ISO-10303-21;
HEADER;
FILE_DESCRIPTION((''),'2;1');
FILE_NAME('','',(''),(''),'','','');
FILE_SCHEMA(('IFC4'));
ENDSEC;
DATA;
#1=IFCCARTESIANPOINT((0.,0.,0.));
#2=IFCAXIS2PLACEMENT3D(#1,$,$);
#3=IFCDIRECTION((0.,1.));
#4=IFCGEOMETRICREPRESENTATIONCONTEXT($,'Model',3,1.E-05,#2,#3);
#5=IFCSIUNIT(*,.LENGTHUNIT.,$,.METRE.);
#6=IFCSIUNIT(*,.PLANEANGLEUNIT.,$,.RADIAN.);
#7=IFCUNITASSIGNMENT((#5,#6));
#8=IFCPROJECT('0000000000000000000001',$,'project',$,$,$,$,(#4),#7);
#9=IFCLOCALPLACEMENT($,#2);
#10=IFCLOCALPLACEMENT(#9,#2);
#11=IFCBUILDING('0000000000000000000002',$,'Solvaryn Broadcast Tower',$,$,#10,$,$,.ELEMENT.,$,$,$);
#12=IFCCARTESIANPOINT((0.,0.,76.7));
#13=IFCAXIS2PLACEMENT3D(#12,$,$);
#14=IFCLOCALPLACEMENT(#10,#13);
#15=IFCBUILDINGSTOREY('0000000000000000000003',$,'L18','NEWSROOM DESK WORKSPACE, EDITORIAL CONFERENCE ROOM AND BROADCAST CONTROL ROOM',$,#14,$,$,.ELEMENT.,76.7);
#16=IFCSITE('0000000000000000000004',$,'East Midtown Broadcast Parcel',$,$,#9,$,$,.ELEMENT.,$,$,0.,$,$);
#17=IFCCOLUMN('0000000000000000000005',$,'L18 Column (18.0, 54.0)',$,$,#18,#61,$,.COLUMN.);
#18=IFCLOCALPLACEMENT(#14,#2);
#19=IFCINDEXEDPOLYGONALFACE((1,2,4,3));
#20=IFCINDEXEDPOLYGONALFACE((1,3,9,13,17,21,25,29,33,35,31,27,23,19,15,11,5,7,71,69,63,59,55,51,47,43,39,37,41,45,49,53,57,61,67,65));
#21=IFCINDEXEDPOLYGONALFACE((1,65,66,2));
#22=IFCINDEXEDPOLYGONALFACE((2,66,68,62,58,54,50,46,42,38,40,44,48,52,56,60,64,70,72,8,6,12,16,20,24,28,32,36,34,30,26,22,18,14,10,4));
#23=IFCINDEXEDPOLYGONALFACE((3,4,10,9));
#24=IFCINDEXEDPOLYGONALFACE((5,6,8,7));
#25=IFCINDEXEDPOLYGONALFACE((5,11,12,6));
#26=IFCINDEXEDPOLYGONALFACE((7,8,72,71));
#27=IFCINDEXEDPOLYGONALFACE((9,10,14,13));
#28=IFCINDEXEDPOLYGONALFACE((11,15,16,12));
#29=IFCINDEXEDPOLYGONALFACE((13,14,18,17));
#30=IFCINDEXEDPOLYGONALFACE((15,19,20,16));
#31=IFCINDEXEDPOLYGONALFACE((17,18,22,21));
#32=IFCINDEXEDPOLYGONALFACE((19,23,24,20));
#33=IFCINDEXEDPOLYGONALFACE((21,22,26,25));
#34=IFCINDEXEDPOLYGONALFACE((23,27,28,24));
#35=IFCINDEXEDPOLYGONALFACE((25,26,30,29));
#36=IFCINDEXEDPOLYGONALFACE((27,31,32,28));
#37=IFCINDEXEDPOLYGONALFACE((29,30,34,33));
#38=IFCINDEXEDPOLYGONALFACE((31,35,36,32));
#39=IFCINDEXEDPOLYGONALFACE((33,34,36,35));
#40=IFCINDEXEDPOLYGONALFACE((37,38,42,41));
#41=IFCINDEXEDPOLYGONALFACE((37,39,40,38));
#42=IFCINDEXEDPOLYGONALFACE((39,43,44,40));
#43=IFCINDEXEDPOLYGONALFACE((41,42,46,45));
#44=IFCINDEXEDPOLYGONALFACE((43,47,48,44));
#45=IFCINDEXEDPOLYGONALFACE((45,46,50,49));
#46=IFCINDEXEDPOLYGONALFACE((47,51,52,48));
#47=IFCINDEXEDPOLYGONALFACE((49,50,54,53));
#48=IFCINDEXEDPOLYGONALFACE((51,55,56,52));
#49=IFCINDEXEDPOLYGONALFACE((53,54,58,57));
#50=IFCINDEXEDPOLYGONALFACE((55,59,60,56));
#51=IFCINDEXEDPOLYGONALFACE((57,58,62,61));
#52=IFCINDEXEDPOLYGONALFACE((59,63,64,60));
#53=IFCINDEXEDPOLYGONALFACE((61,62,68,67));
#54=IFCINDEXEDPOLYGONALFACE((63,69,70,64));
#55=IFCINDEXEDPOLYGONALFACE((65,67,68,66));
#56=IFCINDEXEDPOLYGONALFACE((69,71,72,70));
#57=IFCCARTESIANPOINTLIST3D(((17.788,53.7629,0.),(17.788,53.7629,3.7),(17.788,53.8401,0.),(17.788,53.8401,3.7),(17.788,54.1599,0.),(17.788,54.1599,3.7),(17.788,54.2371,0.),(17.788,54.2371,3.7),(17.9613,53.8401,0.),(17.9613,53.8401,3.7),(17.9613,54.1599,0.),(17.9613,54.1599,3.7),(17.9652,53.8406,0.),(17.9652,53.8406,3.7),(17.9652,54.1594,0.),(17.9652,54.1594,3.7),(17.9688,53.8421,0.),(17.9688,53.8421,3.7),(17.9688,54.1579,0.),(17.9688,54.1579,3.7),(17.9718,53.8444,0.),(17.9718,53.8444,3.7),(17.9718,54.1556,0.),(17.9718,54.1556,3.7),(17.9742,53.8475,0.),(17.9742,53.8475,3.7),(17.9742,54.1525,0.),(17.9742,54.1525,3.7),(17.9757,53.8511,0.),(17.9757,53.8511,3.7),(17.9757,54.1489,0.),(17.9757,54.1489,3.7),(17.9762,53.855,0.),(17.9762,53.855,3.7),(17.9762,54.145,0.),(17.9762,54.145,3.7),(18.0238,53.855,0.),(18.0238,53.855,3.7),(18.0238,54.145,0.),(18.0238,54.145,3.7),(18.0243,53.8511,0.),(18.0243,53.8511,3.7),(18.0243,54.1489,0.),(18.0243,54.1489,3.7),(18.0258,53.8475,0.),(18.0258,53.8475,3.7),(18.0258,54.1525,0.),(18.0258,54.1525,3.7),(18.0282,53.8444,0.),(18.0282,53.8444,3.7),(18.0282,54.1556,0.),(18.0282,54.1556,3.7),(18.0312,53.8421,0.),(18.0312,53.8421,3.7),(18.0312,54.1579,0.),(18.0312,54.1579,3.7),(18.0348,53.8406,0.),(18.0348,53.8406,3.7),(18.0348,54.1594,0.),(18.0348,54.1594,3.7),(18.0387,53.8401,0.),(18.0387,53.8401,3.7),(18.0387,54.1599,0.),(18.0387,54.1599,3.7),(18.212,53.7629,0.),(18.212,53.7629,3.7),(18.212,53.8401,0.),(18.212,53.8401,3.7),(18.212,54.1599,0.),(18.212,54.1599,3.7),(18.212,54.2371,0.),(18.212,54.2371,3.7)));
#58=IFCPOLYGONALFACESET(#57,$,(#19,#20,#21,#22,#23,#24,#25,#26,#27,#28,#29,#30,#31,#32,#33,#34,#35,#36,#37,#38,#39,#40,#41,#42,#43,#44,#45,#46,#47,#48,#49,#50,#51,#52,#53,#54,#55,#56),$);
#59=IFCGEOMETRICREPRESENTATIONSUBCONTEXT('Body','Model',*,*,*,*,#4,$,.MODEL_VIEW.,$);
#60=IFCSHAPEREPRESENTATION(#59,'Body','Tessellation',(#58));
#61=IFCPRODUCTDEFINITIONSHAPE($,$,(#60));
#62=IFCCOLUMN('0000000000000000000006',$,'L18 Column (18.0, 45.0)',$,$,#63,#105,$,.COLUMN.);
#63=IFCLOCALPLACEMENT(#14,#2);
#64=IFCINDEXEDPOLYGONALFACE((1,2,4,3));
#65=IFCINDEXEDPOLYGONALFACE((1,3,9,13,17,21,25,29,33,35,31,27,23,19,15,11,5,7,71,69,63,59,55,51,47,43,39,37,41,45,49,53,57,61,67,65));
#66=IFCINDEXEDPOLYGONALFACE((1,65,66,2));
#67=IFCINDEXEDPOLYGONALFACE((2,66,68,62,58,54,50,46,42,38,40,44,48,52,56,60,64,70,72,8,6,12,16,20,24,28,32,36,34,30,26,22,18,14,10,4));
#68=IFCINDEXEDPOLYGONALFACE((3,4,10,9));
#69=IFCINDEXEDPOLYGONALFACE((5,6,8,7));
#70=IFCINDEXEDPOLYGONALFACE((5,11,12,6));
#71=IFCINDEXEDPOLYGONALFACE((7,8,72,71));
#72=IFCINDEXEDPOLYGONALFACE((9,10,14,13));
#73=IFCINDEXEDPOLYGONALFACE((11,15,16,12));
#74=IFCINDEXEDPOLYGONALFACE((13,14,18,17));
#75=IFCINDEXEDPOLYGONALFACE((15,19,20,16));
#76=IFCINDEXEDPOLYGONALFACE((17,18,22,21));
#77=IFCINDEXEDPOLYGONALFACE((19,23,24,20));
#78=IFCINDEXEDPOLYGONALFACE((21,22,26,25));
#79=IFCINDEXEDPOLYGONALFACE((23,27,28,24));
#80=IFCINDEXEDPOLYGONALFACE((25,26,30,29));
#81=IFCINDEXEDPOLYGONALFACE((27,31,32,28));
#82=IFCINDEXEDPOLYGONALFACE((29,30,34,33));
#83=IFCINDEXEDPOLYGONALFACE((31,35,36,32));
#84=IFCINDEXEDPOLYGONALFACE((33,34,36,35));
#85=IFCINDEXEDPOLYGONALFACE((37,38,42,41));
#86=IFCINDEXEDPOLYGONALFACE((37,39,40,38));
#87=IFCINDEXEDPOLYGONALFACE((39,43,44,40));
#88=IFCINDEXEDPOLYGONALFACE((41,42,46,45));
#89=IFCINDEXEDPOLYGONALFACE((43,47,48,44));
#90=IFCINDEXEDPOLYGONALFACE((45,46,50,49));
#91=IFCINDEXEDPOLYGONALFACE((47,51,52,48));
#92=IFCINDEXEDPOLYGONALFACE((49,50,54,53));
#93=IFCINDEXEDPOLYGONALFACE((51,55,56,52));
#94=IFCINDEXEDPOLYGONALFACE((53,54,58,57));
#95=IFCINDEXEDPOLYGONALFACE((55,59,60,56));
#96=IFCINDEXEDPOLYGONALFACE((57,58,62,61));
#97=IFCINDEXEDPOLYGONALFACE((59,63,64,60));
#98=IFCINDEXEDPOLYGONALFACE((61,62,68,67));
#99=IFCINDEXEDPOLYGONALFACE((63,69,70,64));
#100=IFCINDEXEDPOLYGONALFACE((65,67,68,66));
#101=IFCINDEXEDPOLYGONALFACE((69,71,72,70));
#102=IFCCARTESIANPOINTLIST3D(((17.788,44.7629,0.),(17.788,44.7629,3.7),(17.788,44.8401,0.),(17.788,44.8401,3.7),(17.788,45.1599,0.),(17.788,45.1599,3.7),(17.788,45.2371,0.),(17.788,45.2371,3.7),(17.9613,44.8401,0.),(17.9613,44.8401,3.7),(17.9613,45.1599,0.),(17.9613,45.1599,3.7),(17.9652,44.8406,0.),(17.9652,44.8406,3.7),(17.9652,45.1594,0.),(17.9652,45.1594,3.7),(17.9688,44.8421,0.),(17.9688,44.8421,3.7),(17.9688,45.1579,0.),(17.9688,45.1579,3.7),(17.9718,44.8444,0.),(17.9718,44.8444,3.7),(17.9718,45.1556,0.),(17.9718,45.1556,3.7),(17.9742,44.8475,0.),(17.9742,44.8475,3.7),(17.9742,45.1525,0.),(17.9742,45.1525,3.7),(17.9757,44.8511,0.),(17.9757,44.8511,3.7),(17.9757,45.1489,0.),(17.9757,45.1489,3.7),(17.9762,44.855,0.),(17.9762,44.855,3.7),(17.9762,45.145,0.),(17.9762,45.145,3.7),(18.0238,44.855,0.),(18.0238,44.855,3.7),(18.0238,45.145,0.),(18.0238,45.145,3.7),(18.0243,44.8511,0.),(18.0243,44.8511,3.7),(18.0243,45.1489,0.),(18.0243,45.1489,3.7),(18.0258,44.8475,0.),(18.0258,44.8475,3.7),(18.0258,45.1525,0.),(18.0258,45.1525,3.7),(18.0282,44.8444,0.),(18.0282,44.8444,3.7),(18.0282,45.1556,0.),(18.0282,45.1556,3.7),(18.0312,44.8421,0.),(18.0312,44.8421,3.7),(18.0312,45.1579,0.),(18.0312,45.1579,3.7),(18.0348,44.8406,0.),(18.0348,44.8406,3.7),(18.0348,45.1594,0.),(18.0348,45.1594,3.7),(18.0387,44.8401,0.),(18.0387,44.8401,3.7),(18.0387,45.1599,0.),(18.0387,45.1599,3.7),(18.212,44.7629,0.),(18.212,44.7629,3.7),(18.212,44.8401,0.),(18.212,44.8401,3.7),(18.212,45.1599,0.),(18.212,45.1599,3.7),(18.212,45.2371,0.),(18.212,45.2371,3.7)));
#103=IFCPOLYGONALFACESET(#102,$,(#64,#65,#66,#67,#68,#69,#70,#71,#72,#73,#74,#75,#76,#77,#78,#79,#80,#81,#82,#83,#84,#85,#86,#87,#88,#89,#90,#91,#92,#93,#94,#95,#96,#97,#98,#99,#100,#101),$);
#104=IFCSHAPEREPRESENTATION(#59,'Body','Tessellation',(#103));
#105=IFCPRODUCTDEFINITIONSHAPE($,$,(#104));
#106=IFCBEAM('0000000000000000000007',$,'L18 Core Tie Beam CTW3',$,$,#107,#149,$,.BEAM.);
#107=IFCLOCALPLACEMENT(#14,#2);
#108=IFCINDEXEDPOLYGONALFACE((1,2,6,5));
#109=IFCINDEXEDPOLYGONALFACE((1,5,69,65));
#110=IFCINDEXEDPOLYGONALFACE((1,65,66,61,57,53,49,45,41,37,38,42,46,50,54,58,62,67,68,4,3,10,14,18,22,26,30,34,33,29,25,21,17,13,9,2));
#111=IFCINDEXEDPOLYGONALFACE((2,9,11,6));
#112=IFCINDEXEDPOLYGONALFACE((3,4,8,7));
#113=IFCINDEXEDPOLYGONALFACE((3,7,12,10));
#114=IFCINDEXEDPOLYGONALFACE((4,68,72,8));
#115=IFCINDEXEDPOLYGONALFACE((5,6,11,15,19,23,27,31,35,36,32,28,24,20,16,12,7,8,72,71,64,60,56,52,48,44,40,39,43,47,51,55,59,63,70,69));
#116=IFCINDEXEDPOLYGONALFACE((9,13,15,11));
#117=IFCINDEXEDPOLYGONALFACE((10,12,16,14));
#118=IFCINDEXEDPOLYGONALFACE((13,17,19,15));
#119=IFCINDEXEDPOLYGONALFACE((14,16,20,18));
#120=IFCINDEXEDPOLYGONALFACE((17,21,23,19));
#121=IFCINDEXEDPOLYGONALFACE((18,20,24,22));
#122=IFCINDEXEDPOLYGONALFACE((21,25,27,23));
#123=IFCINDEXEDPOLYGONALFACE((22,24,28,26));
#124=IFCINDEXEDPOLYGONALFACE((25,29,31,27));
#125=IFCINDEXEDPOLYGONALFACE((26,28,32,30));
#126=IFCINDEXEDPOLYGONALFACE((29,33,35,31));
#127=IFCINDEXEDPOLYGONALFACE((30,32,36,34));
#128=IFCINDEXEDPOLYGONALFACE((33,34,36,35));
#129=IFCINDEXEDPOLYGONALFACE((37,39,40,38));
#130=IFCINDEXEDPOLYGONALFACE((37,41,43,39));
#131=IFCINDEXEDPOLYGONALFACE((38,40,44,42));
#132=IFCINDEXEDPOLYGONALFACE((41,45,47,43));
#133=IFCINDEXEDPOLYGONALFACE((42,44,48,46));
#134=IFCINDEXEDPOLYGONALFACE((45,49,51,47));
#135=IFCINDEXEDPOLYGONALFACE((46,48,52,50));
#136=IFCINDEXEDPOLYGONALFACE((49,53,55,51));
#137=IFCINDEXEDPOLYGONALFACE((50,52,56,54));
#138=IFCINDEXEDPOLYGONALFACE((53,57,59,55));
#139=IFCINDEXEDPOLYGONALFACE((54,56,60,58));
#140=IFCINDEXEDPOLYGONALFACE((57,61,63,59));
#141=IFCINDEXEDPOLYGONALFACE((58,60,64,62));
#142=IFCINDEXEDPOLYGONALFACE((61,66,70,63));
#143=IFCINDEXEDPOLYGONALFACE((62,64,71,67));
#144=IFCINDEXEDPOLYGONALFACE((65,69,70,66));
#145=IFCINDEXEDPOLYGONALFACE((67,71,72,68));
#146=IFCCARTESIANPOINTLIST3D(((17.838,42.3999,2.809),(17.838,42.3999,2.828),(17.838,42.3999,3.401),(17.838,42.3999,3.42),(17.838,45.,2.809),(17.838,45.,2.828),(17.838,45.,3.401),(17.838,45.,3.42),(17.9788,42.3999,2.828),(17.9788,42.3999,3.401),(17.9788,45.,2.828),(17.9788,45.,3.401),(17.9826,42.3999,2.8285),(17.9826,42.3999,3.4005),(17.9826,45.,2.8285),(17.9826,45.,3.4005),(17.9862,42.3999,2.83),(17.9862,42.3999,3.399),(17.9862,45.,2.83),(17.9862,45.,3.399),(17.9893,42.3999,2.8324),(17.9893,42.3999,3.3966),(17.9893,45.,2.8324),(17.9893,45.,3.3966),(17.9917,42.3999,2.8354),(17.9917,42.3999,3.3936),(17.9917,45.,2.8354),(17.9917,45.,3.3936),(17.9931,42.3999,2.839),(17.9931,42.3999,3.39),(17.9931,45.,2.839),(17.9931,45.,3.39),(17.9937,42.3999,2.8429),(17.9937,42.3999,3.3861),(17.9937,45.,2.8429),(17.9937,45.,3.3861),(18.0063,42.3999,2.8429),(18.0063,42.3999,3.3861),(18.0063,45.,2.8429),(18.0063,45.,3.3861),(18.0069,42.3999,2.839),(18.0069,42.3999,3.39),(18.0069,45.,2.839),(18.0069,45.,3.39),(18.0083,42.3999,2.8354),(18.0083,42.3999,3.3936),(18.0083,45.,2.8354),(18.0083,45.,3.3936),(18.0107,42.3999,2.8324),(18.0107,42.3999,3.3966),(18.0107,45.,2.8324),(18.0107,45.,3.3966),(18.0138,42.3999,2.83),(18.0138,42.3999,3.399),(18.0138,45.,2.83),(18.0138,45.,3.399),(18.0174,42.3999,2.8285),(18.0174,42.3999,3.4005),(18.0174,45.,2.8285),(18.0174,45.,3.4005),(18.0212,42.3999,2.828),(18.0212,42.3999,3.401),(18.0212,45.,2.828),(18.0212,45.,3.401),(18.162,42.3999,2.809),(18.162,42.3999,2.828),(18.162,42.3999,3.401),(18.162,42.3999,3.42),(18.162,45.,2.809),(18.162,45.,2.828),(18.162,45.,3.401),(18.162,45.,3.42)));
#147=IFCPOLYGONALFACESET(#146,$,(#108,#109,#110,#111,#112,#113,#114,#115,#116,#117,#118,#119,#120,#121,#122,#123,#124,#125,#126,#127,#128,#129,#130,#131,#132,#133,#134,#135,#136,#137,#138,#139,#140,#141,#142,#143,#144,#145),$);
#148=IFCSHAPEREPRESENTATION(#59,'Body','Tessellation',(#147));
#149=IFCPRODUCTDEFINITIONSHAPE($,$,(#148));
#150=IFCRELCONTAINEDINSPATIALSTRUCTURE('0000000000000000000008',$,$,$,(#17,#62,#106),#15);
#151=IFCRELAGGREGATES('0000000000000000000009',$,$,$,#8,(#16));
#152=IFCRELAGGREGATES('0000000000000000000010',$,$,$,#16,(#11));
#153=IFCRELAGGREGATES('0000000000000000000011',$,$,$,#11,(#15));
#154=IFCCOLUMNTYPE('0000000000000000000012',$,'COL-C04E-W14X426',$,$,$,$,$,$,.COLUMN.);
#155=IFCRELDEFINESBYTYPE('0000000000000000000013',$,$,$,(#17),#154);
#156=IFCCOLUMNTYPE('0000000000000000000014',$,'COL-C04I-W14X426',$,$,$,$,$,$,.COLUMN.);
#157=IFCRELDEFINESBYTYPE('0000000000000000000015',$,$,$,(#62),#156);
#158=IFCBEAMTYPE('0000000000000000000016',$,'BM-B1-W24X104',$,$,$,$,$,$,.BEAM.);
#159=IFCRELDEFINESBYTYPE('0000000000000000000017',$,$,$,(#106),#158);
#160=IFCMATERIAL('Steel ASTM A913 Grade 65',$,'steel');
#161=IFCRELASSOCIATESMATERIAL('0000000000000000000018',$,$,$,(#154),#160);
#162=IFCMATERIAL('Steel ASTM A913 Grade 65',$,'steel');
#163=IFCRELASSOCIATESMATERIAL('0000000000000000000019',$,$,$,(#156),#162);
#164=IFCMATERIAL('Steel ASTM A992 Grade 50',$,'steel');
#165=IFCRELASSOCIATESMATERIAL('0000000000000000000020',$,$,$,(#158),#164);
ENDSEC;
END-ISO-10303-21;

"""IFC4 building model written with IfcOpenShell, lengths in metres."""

from ifc_helpers import new_model, si_unit, direction, frame, origin, origin_2d, place, context, subcontext, project, spatial, i_section, extrude, material, material_profile, profile_set, type_object, element, save


model = new_model("IFC4")

# Units and contexts
model_context = context("Model", 3, precision=1e-05, world=origin(), true_north=direction((0.0, 1.0)))
body_context = subcontext(model_context, "Body", "Model", "MODEL_VIEW")
ifc_project = project(units=[si_unit("LENGTHUNIT", "METRE"), si_unit("PLANEANGLEUNIT", "RADIAN")], contexts=[model_context])

# Site, building, storey
site_placement = place(None, origin())
site = spatial("IfcSite", under=ifc_project, at=site_placement, Name="East Midtown Broadcast Parcel", CompositionType="ELEMENT", RefElevation=0.0)
building_placement = place(site_placement, origin())
building = spatial("IfcBuilding", under=site, at=building_placement, Name="Solvaryn Broadcast Tower", CompositionType="ELEMENT")
storey_placement = place(building_placement, frame((0.0, 0.0, 76.7)))
storey = spatial("IfcBuildingStorey", under=building, at=storey_placement, Name="L18", Description="NEWSROOM DESK WORKSPACE, EDITORIAL CONFERENCE ROOM AND BROADCAST CONTROL ROOM", CompositionType="ELEMENT", Elevation=76.7)

# Columns
ifc_material_1 = material(Name="Steel ASTM A913 Grade 65", Category="steel")
ifc_material_profile_1 = material_profile(ifc_material_1, i_section(OverallWidth=0.4241, OverallDepth=0.4741, WebThickness=0.0476, FlangeThickness=0.0771, FilletRadius=0.0149, at=origin_2d()))
ifc_profile_set_1 = profile_set([ifc_material_profile_1], Name="Steel ASTM A913 Grade 65")
column_type_1 = type_object("IfcColumnType", Name="COL-C04E-W14X426", PredefinedType="COLUMN", material=ifc_profile_set_1)
column_1_placement = place(storey_placement, frame((18.0, 54.0, 0.0), z_axis=(0.0, 0.0, 1.0), x_axis=(1.0, 0.0, 0.0)))
element("IfcColumn", 1, at=column_1_placement, inside=storey, type_object=column_type_1, Name="L18 Column (18.0, 54.0)", PredefinedType="COLUMN", context=body_context, shape_type="SweptSolid", body=[
    extrude(i_section(OverallWidth=0.4241, OverallDepth=0.4741, WebThickness=0.0476, FlangeThickness=0.0771, FilletRadius=0.0149, at=origin_2d()), origin(), (0.0, 0.0, 1.0), 3.7),
])
ifc_material_2 = material(Name="Steel ASTM A913 Grade 65", Category="steel")
ifc_material_profile_2 = material_profile(ifc_material_2, i_section(OverallWidth=0.4241, OverallDepth=0.4741, WebThickness=0.0476, FlangeThickness=0.0771, FilletRadius=0.0149, at=origin_2d()))
ifc_profile_set_2 = profile_set([ifc_material_profile_2], Name="Steel ASTM A913 Grade 65")
column_type_2 = type_object("IfcColumnType", Name="COL-C04I-W14X426", PredefinedType="COLUMN", material=ifc_profile_set_2)
column_2_placement = place(storey_placement, frame((18.0, 45.0, 0.0), z_axis=(0.0, 0.0, 1.0), x_axis=(1.0, 0.0, 0.0)))
element("IfcColumn", 2, at=column_2_placement, inside=storey, type_object=column_type_2, Name="L18 Column (18.0, 45.0)", PredefinedType="COLUMN", context=body_context, shape_type="SweptSolid", body=[
    extrude(i_section(OverallWidth=0.4241, OverallDepth=0.4741, WebThickness=0.0476, FlangeThickness=0.0771, FilletRadius=0.0149, at=origin_2d()), origin(), (0.0, 0.0, 1.0), 3.7),
])

# Beam
ifc_material_3 = material(Name="Steel ASTM A992 Grade 50", Category="steel")
ifc_material_profile_3 = material_profile(ifc_material_3, i_section(OverallWidth=0.324, OverallDepth=0.6111, WebThickness=0.0127, FlangeThickness=0.019, FilletRadius=0.0149, at=origin_2d()))
ifc_profile_set_3 = profile_set([ifc_material_profile_3], Name="Steel ASTM A992 Grade 50")
beam_type_1 = type_object("IfcBeamType", Name="BM-B1-W24X104", PredefinedType="BEAM", material=ifc_profile_set_3)
beam_1_placement = place(storey_placement, frame((18.0, 42.3999, 3.1145), z_axis=(0.0, 1.0, 0.0), x_axis=(-1.0, 0.0, 0.0)))
element("IfcBeam", 3, at=beam_1_placement, inside=storey, type_object=beam_type_1, Name="L18 Core Tie Beam CTW3", PredefinedType="BEAM", context=body_context, shape_type="SweptSolid", body=[
    extrude(i_section(OverallWidth=0.324, OverallDepth=0.6111, WebThickness=0.0127, FlangeThickness=0.019, FilletRadius=0.0149, at=origin_2d()), origin(), (0.0, 0.0, 1.0), 2.6001),
])

save(model, "model.ifc")
